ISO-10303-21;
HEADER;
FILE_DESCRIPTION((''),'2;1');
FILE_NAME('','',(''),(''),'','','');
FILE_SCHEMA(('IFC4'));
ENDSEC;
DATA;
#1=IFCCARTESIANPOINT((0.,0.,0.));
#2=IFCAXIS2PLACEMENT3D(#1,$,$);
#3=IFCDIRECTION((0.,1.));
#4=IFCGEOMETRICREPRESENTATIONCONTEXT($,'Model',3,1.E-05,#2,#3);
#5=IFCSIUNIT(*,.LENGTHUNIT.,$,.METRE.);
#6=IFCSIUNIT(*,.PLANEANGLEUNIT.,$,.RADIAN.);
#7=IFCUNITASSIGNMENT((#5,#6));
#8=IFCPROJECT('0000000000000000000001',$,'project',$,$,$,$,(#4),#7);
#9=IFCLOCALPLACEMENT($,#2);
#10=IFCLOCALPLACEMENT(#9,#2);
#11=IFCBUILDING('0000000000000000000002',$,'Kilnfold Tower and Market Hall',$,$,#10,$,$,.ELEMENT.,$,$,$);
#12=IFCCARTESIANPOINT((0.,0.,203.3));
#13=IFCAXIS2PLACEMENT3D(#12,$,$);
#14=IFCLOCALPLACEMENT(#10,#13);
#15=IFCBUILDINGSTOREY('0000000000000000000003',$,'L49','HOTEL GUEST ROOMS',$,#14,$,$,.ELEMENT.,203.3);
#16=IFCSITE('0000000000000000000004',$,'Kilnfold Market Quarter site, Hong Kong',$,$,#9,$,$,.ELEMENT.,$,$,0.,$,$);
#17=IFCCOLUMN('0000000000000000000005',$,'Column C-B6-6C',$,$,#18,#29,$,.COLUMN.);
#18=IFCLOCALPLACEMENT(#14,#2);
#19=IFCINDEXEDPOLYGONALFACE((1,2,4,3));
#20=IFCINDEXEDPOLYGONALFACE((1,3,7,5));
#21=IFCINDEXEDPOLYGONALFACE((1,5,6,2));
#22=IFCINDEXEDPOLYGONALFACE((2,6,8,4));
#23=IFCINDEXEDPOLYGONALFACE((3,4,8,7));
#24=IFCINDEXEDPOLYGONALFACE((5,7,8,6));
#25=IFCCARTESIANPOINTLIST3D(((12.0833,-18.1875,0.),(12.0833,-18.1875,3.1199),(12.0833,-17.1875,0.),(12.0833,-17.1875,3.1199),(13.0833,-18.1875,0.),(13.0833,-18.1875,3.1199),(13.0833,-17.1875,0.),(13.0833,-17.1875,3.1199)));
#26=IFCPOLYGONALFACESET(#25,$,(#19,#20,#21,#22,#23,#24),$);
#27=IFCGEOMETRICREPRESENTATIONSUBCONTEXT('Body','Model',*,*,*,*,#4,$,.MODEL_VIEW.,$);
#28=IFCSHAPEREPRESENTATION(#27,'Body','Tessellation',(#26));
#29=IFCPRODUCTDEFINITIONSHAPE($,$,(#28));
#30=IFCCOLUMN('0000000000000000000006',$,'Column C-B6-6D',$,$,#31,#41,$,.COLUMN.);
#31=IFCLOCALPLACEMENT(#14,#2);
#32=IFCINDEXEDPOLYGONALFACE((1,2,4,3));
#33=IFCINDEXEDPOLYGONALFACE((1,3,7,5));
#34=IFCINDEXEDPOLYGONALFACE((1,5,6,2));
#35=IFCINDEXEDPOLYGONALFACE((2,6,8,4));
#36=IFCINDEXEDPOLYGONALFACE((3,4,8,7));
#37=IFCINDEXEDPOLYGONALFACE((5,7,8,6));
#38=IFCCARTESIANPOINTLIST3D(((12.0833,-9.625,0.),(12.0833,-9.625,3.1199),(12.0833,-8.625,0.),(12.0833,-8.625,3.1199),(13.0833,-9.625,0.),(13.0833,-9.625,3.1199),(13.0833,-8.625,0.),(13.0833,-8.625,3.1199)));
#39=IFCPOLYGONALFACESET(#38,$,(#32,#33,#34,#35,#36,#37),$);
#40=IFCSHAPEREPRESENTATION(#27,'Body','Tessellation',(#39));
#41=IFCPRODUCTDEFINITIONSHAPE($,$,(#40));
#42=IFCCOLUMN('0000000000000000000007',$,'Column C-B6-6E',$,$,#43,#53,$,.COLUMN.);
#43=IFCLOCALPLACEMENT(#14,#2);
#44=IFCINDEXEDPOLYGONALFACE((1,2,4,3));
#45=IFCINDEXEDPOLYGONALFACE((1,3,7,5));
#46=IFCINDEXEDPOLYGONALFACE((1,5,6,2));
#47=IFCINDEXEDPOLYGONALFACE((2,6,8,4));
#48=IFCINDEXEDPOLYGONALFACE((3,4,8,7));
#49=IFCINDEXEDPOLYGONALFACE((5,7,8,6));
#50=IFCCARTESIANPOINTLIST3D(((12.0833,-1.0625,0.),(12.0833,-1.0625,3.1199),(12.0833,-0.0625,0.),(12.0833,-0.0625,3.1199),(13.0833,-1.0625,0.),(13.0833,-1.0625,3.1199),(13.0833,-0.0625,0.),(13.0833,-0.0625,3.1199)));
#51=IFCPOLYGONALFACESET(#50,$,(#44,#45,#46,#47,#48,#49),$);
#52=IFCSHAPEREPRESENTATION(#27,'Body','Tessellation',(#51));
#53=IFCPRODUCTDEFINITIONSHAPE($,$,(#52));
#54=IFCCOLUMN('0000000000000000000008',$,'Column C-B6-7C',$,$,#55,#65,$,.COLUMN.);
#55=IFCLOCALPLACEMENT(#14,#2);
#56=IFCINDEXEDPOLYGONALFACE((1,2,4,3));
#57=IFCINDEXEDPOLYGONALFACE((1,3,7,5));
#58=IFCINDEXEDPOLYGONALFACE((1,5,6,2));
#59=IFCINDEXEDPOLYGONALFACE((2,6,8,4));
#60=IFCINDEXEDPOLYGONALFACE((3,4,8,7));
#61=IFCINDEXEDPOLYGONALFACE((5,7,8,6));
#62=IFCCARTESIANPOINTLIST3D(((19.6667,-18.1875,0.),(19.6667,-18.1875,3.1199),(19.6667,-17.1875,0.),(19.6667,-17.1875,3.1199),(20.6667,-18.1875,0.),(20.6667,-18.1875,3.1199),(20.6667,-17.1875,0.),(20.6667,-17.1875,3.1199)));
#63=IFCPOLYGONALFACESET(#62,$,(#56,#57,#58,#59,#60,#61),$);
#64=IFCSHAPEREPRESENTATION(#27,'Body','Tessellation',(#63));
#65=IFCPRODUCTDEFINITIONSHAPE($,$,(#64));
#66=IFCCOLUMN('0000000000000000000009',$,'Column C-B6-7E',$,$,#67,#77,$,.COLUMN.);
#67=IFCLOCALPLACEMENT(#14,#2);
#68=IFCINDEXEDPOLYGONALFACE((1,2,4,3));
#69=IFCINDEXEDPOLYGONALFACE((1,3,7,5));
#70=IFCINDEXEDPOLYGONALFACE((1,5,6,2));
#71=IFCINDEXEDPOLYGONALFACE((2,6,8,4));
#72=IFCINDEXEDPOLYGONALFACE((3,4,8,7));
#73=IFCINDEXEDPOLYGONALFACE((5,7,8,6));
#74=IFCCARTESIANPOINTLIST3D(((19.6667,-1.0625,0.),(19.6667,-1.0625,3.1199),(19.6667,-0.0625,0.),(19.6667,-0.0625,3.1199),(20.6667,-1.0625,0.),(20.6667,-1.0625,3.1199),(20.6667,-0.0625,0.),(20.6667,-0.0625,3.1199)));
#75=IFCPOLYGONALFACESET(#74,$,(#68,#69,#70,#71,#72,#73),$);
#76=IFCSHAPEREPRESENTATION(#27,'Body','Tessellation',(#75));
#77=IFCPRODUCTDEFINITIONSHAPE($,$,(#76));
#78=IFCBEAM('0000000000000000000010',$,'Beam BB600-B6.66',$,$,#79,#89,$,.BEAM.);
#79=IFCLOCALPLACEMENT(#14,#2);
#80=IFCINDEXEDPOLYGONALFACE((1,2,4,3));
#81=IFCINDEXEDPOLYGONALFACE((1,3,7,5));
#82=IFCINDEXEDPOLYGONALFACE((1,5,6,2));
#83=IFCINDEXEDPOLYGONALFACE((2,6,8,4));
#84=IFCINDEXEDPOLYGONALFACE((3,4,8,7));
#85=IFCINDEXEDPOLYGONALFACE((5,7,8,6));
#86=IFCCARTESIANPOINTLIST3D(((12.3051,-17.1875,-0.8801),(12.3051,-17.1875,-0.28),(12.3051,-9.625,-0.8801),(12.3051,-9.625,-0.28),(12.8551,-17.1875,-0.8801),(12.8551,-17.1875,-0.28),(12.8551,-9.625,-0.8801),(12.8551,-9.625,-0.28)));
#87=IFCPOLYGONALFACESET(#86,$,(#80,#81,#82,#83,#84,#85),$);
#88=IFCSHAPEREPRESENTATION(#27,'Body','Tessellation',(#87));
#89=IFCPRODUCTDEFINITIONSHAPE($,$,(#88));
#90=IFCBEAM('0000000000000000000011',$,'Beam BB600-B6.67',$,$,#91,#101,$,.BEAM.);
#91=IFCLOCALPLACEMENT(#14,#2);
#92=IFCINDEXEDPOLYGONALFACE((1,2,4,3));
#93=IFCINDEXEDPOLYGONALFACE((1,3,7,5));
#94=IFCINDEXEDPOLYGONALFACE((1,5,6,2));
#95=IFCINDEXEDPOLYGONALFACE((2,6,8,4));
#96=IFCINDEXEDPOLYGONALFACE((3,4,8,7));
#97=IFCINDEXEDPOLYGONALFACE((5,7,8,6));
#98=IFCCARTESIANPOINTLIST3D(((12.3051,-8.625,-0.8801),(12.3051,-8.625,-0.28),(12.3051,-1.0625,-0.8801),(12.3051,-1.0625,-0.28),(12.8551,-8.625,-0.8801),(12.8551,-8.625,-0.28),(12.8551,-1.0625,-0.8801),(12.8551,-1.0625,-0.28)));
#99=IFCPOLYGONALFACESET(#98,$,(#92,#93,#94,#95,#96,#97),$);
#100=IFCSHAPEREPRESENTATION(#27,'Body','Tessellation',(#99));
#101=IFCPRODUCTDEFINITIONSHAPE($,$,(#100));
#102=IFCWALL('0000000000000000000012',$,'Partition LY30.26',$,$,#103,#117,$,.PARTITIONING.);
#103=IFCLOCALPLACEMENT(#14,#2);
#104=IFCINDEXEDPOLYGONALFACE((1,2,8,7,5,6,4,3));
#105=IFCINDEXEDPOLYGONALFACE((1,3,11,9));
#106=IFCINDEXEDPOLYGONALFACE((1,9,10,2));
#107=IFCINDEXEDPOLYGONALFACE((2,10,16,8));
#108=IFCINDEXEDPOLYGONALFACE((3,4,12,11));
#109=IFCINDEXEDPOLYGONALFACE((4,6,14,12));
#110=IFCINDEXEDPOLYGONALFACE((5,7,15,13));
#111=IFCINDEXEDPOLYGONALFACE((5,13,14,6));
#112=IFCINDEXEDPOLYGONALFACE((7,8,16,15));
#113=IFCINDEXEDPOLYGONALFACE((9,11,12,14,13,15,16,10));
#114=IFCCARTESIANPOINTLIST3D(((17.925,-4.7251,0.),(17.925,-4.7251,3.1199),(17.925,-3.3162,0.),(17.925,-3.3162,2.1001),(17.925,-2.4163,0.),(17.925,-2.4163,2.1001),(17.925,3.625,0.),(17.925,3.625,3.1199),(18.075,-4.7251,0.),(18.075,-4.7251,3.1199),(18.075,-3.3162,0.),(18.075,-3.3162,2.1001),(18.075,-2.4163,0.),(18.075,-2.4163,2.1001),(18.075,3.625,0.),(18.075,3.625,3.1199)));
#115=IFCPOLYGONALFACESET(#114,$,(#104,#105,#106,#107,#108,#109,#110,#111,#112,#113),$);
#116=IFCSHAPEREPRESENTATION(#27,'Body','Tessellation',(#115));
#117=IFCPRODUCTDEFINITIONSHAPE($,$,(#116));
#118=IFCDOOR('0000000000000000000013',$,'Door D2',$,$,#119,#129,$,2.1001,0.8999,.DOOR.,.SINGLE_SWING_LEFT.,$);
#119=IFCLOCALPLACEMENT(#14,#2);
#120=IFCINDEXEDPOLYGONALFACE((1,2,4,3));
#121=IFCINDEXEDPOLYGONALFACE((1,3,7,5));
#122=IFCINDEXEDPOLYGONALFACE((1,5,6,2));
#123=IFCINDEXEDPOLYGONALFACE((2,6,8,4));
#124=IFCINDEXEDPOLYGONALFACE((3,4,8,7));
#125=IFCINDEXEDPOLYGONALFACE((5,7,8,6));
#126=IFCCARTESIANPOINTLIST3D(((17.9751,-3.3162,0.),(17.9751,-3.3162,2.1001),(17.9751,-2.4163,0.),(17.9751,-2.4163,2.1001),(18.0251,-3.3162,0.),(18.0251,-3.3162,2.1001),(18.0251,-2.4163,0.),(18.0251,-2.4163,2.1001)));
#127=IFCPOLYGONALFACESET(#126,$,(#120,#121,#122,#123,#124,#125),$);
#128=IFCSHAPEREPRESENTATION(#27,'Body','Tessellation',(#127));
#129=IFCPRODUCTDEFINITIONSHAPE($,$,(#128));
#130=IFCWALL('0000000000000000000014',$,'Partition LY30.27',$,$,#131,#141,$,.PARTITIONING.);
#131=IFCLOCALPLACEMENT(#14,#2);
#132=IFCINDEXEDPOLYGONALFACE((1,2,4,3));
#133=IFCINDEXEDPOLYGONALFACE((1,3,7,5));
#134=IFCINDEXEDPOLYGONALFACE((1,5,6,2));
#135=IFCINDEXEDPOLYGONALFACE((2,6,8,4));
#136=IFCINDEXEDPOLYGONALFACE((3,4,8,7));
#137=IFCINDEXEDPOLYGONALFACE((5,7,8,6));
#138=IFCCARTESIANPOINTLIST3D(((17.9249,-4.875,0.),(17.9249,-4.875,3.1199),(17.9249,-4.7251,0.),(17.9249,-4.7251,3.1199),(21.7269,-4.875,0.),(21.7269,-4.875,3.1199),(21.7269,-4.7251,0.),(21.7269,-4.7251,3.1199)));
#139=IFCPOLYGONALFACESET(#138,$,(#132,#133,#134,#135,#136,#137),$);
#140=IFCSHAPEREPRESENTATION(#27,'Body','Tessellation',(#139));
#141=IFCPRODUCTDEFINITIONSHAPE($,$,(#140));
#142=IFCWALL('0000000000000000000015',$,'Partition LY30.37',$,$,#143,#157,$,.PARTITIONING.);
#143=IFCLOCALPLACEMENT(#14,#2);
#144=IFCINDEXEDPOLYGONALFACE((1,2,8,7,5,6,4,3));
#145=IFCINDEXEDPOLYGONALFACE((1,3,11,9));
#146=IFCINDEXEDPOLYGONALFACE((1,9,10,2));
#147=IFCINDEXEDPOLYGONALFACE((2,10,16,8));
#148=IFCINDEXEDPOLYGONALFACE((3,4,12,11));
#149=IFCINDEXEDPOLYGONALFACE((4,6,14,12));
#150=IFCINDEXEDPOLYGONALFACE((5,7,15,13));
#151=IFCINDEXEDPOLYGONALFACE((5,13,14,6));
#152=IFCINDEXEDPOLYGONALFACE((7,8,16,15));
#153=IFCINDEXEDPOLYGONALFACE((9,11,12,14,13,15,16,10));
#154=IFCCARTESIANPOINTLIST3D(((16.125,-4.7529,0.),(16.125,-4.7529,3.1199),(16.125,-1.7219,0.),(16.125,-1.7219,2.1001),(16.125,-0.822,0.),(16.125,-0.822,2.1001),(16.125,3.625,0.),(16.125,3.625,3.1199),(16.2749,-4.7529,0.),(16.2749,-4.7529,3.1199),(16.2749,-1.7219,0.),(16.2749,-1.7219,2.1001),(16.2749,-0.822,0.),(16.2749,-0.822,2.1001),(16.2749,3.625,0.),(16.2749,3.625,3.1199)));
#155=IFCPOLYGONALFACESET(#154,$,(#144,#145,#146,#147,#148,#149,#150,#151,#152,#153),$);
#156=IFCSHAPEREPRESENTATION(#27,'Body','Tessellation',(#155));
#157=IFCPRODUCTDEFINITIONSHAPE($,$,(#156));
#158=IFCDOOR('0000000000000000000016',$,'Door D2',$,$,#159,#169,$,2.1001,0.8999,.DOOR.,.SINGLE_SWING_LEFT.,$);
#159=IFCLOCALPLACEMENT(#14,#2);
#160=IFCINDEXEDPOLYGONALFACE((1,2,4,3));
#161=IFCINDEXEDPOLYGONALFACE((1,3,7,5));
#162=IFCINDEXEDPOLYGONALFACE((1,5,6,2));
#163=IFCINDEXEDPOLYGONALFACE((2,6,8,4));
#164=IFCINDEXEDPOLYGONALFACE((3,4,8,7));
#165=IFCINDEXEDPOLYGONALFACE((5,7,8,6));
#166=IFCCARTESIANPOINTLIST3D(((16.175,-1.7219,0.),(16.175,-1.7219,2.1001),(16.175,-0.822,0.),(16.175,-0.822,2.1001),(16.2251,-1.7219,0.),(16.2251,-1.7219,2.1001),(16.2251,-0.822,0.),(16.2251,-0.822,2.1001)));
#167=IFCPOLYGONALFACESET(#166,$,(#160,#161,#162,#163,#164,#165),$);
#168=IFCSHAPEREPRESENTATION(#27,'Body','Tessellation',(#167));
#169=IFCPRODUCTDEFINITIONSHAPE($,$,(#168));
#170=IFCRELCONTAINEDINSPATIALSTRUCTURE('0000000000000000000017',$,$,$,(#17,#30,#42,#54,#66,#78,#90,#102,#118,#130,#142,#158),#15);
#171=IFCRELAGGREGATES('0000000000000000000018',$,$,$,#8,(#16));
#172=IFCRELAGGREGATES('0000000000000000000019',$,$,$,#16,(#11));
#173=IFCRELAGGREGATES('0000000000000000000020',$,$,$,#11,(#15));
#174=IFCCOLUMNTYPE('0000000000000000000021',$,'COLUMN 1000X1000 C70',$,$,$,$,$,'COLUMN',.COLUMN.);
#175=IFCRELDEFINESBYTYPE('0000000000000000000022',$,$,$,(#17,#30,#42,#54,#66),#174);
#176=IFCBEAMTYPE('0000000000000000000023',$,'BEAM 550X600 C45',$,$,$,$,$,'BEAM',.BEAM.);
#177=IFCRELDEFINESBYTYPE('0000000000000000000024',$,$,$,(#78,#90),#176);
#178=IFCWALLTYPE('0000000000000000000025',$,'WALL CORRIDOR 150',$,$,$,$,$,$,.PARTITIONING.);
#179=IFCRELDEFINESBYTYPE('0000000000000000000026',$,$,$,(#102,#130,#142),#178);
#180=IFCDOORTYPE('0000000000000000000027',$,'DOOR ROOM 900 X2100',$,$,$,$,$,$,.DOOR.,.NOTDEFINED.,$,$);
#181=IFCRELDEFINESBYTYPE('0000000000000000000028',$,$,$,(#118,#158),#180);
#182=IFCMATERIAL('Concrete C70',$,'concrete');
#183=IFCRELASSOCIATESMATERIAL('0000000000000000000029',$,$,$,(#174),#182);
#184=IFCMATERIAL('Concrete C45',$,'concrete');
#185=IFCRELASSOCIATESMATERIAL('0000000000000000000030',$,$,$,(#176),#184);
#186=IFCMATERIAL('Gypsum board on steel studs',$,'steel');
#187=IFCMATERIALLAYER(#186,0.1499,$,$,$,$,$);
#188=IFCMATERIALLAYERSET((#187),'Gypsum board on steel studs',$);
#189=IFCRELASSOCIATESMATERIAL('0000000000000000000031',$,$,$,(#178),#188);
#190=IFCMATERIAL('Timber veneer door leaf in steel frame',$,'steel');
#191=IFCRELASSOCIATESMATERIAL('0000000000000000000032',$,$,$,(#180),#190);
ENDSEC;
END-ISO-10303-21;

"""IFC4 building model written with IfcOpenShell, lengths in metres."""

from ifc_helpers import new_model, si_unit, direction, frame, frame_2d, origin, origin_2d, place, context, subcontext, project, spatial, rectangle, extrude, source, transform, mapped, material, layer, layer_set, material_profile, profile_set, type_object, element, fill, save


model = new_model("IFC4")

# Units and contexts
model_context = context("Model", 3, precision=1e-05, world=origin(), true_north=direction((0.0, 1.0)))
body_context = subcontext(model_context, "Body", "Model", "MODEL_VIEW")
ifc_project = project(units=[si_unit("LENGTHUNIT", "METRE"), si_unit("PLANEANGLEUNIT", "RADIAN")], contexts=[model_context])

# Site, building, storey
site_placement = place(None, origin())
site = spatial("IfcSite", under=ifc_project, at=site_placement, Name="Kilnfold Market Quarter site, Hong Kong", CompositionType="ELEMENT", RefElevation=0.0)
building_placement = place(site_placement, origin())
building = spatial("IfcBuilding", under=site, at=building_placement, Name="Kilnfold Tower and Market Hall", CompositionType="ELEMENT")
storey_placement = place(building_placement, frame((0.0, 0.0, 203.3)))
storey = spatial("IfcBuildingStorey", under=building, at=storey_placement, Name="L49", Description="HOTEL GUEST ROOMS", CompositionType="ELEMENT", Elevation=203.3)

# Columns
ifc_material_1 = material(Name="Concrete C70", Category="concrete")
ifc_material_profile_1 = material_profile(ifc_material_1, rectangle(XDim=1.0, YDim=1.0, at=origin_2d()), Name="RC 1000x1000")
ifc_profile_set_1 = profile_set([ifc_material_profile_1], Name="Concrete C70")
column_type = type_object("IfcColumnType", Name="COLUMN 1000X1000 C70", ElementType="COLUMN", PredefinedType="COLUMN", material=ifc_profile_set_1)
shared_shape_1 = source(origin(), body_context, "Body", "SweptSolid", [
    extrude(rectangle(XDim=1.0, YDim=1.0, at=origin_2d()), origin(), (0.0, 0.0, 1.0), 3.1199),
])
for number, where, z_axis, x_axis, name in (
    (1, (12.5833, -17.6875, 0.0), (0.0, 0.0, 1.0), (1.0, 0.0, 0.0), "Column C-B6-6C"),
    (2, (12.5833, -9.125, 0.0), (0.0, 0.0, 1.0), (1.0, 0.0, 0.0), "Column C-B6-6D"),
    (3, (12.5833, -0.5625, 0.0), (0.0, 0.0, 1.0), (1.0, 0.0, 0.0), "Column C-B6-6E"),
    (4, (20.1667, -17.6875, 0.0), (0.0, 0.0, 1.0), (1.0, 0.0, 0.0), "Column C-B6-7C"),
    (5, (20.1667, -0.5625, 0.0), (0.0, 0.0, 1.0), (1.0, 0.0, 0.0), "Column C-B6-7E"),
):
    element("IfcColumn", number, at=place(storey_placement, frame(where, z_axis=z_axis, x_axis=x_axis)), inside=storey, type_object=column_type, Name=name, PredefinedType="COLUMN", context=body_context, shape_type="MappedRepresentation", body=[
        mapped(shared_shape_1, transform((0.0, 0.0, 0.0))),
    ])

# Beams
ifc_material_2 = material(Name="Concrete C45", Category="concrete")
ifc_material_profile_2 = material_profile(ifc_material_2, rectangle(XDim=0.55, YDim=0.6001, at=origin_2d()), Name="RC 550x600")
ifc_profile_set_2 = profile_set([ifc_material_profile_2], Name="Concrete C45")
beam_type = type_object("IfcBeamType", Name="BEAM 550X600 C45", ElementType="BEAM", PredefinedType="BEAM", material=ifc_profile_set_2)
shared_shape_2 = source(origin(), body_context, "Body", "SweptSolid", [
    extrude(rectangle(XDim=0.55, YDim=0.6001, at=origin_2d()), origin(), (0.0, 0.0, 1.0), 7.5625),
])
for number, where, z_axis, x_axis, name in (
    (6, (12.5801, -17.1875, -0.5801), (0.0, 1.0, 0.0), (-1.0, 0.0, 0.0), "Beam BB600-B6.66"),
    (7, (12.5801, -8.625, -0.5801), (0.0, 1.0, 0.0), (-1.0, 0.0, 0.0), "Beam BB600-B6.67"),
):
    element("IfcBeam", number, at=place(storey_placement, frame(where, z_axis=z_axis, x_axis=x_axis)), inside=storey, type_object=beam_type, Name=name, PredefinedType="BEAM", context=body_context, shape_type="MappedRepresentation", body=[
        mapped(shared_shape_2, transform((0.0, 0.0, 0.0))),
    ])

# Wall, opening, door
ifc_material_3 = material(Name="Gypsum board on steel studs", Category="steel")
ifc_layer_1 = layer(ifc_material_3, 0.1499)
ifc_layer_set_1 = layer_set([ifc_layer_1], Name="Gypsum board on steel studs")
wall_type_1 = type_object("IfcWallType", Name="WALL CORRIDOR 150", PredefinedType="PARTITIONING", material=ifc_layer_set_1)
wall_1_placement = place(storey_placement, frame((18.0, -4.7251, 0.0), z_axis=(0.0, 0.0, 1.0), x_axis=(0.0, 1.0, 0.0)))
wall_1 = element("IfcWall", 8, at=wall_1_placement, inside=storey, type_object=wall_type_1, Name="Partition LY30.26", PredefinedType="PARTITIONING", context=body_context, shape_type="SweptSolid", body=[
    extrude(rectangle(XDim=8.3501, YDim=0.1499, at=frame_2d((4.175, 0.0))), origin(), (0.0, 0.0, 1.0), 3.1199),
])
opening_1_placement = place(wall_1_placement, frame((1.4089, 0.0, 0.0)))
opening_1 = element("IfcOpeningElement", 9, at=opening_1_placement, cuts=wall_1, PredefinedType="OPENING", context=body_context, shape_type="SweptSolid", body=[
    extrude(rectangle(XDim=0.8999, YDim=2.1001, at=frame_2d((0.45, 1.05))), frame((0.0, 0.085, 0.0), z_axis=(0.0, -1.0, 0.0), x_axis=(1.0, 0.0, 0.0)), (0.0, 0.0, 1.0), 0.1699),
])
ifc_material_4 = material(Name="Timber veneer door leaf in steel frame", Category="steel")
door_type_1 = type_object("IfcDoorType", Name="DOOR ROOM 900 X2100", OperationType="NOTDEFINED", PredefinedType="DOOR", material=ifc_material_4)
door_1_placement = place(opening_1_placement, origin())
door_1 = element("IfcDoor", 10, at=door_1_placement, inside=storey, type_object=door_type_1, Name="Door D2", OperationType="SINGLE_SWING_LEFT", OverallHeight=2.1001, OverallWidth=0.8999, PredefinedType="DOOR", context=body_context, shape_type="SweptSolid", body=[
    extrude(rectangle(XDim=0.8999, YDim=2.1001, at=frame_2d((0.45, 1.05))), frame((0.0, 0.0249, 0.0), z_axis=(0.0, -1.0, 0.0), x_axis=(1.0, 0.0, 0.0)), (0.0, 0.0, 1.0), 0.05),
])
fill(opening_1, door_1)

# Wall
wall_2_placement = place(storey_placement, frame((17.925, -4.8, 0.0), z_axis=(0.0, 0.0, 1.0), x_axis=(1.0, 0.0, 0.0)))
element("IfcWall", 11, at=wall_2_placement, inside=storey, type_object=wall_type_1, Name="Partition LY30.27", PredefinedType="PARTITIONING", context=body_context, shape_type="SweptSolid", body=[
    extrude(rectangle(XDim=3.802, YDim=0.1499, at=frame_2d((1.9009, 0.0))), origin(), (0.0, 0.0, 1.0), 3.1199),
])

# Wall, opening, door
wall_3_placement = place(storey_placement, frame((16.2, -4.7529, 0.0), z_axis=(0.0, 0.0, 1.0), x_axis=(0.0, 1.0, 0.0)))
wall_3 = element("IfcWall", 12, at=wall_3_placement, inside=storey, type_object=wall_type_1, Name="Partition LY30.37", PredefinedType="PARTITIONING", context=body_context, shape_type="SweptSolid", body=[
    extrude(rectangle(XDim=8.3779, YDim=0.1499, at=frame_2d((4.189, 0.0))), origin(), (0.0, 0.0, 1.0), 3.1199),
])
opening_2_placement = place(wall_3_placement, frame((3.031, 0.0, 0.0)))
opening_2 = element("IfcOpeningElement", 13, at=opening_2_placement, cuts=wall_3, PredefinedType="OPENING", context=body_context, shape_type="SweptSolid", body=[
    extrude(rectangle(XDim=0.8999, YDim=2.1001, at=frame_2d((0.45, 1.05))), frame((0.0, 0.085, 0.0), z_axis=(0.0, -1.0, 0.0), x_axis=(1.0, 0.0, 0.0)), (0.0, 0.0, 1.0), 0.1699),
])
door_2_placement = place(opening_2_placement, origin())
door_2 = element("IfcDoor", 14, at=door_2_placement, inside=storey, type_object=door_type_1, Name="Door D2", OperationType="SINGLE_SWING_LEFT", OverallHeight=2.1001, OverallWidth=0.8999, PredefinedType="DOOR", context=body_context, shape_type="SweptSolid", body=[
    extrude(rectangle(XDim=0.8999, YDim=2.1001, at=frame_2d((0.45, 1.05))), frame((0.0, 0.0249, 0.0), z_axis=(0.0, -1.0, 0.0), x_axis=(1.0, 0.0, 0.0)), (0.0, 0.0, 1.0), 0.05),
])
fill(opening_2, door_2)

save(model, "model.ifc")
